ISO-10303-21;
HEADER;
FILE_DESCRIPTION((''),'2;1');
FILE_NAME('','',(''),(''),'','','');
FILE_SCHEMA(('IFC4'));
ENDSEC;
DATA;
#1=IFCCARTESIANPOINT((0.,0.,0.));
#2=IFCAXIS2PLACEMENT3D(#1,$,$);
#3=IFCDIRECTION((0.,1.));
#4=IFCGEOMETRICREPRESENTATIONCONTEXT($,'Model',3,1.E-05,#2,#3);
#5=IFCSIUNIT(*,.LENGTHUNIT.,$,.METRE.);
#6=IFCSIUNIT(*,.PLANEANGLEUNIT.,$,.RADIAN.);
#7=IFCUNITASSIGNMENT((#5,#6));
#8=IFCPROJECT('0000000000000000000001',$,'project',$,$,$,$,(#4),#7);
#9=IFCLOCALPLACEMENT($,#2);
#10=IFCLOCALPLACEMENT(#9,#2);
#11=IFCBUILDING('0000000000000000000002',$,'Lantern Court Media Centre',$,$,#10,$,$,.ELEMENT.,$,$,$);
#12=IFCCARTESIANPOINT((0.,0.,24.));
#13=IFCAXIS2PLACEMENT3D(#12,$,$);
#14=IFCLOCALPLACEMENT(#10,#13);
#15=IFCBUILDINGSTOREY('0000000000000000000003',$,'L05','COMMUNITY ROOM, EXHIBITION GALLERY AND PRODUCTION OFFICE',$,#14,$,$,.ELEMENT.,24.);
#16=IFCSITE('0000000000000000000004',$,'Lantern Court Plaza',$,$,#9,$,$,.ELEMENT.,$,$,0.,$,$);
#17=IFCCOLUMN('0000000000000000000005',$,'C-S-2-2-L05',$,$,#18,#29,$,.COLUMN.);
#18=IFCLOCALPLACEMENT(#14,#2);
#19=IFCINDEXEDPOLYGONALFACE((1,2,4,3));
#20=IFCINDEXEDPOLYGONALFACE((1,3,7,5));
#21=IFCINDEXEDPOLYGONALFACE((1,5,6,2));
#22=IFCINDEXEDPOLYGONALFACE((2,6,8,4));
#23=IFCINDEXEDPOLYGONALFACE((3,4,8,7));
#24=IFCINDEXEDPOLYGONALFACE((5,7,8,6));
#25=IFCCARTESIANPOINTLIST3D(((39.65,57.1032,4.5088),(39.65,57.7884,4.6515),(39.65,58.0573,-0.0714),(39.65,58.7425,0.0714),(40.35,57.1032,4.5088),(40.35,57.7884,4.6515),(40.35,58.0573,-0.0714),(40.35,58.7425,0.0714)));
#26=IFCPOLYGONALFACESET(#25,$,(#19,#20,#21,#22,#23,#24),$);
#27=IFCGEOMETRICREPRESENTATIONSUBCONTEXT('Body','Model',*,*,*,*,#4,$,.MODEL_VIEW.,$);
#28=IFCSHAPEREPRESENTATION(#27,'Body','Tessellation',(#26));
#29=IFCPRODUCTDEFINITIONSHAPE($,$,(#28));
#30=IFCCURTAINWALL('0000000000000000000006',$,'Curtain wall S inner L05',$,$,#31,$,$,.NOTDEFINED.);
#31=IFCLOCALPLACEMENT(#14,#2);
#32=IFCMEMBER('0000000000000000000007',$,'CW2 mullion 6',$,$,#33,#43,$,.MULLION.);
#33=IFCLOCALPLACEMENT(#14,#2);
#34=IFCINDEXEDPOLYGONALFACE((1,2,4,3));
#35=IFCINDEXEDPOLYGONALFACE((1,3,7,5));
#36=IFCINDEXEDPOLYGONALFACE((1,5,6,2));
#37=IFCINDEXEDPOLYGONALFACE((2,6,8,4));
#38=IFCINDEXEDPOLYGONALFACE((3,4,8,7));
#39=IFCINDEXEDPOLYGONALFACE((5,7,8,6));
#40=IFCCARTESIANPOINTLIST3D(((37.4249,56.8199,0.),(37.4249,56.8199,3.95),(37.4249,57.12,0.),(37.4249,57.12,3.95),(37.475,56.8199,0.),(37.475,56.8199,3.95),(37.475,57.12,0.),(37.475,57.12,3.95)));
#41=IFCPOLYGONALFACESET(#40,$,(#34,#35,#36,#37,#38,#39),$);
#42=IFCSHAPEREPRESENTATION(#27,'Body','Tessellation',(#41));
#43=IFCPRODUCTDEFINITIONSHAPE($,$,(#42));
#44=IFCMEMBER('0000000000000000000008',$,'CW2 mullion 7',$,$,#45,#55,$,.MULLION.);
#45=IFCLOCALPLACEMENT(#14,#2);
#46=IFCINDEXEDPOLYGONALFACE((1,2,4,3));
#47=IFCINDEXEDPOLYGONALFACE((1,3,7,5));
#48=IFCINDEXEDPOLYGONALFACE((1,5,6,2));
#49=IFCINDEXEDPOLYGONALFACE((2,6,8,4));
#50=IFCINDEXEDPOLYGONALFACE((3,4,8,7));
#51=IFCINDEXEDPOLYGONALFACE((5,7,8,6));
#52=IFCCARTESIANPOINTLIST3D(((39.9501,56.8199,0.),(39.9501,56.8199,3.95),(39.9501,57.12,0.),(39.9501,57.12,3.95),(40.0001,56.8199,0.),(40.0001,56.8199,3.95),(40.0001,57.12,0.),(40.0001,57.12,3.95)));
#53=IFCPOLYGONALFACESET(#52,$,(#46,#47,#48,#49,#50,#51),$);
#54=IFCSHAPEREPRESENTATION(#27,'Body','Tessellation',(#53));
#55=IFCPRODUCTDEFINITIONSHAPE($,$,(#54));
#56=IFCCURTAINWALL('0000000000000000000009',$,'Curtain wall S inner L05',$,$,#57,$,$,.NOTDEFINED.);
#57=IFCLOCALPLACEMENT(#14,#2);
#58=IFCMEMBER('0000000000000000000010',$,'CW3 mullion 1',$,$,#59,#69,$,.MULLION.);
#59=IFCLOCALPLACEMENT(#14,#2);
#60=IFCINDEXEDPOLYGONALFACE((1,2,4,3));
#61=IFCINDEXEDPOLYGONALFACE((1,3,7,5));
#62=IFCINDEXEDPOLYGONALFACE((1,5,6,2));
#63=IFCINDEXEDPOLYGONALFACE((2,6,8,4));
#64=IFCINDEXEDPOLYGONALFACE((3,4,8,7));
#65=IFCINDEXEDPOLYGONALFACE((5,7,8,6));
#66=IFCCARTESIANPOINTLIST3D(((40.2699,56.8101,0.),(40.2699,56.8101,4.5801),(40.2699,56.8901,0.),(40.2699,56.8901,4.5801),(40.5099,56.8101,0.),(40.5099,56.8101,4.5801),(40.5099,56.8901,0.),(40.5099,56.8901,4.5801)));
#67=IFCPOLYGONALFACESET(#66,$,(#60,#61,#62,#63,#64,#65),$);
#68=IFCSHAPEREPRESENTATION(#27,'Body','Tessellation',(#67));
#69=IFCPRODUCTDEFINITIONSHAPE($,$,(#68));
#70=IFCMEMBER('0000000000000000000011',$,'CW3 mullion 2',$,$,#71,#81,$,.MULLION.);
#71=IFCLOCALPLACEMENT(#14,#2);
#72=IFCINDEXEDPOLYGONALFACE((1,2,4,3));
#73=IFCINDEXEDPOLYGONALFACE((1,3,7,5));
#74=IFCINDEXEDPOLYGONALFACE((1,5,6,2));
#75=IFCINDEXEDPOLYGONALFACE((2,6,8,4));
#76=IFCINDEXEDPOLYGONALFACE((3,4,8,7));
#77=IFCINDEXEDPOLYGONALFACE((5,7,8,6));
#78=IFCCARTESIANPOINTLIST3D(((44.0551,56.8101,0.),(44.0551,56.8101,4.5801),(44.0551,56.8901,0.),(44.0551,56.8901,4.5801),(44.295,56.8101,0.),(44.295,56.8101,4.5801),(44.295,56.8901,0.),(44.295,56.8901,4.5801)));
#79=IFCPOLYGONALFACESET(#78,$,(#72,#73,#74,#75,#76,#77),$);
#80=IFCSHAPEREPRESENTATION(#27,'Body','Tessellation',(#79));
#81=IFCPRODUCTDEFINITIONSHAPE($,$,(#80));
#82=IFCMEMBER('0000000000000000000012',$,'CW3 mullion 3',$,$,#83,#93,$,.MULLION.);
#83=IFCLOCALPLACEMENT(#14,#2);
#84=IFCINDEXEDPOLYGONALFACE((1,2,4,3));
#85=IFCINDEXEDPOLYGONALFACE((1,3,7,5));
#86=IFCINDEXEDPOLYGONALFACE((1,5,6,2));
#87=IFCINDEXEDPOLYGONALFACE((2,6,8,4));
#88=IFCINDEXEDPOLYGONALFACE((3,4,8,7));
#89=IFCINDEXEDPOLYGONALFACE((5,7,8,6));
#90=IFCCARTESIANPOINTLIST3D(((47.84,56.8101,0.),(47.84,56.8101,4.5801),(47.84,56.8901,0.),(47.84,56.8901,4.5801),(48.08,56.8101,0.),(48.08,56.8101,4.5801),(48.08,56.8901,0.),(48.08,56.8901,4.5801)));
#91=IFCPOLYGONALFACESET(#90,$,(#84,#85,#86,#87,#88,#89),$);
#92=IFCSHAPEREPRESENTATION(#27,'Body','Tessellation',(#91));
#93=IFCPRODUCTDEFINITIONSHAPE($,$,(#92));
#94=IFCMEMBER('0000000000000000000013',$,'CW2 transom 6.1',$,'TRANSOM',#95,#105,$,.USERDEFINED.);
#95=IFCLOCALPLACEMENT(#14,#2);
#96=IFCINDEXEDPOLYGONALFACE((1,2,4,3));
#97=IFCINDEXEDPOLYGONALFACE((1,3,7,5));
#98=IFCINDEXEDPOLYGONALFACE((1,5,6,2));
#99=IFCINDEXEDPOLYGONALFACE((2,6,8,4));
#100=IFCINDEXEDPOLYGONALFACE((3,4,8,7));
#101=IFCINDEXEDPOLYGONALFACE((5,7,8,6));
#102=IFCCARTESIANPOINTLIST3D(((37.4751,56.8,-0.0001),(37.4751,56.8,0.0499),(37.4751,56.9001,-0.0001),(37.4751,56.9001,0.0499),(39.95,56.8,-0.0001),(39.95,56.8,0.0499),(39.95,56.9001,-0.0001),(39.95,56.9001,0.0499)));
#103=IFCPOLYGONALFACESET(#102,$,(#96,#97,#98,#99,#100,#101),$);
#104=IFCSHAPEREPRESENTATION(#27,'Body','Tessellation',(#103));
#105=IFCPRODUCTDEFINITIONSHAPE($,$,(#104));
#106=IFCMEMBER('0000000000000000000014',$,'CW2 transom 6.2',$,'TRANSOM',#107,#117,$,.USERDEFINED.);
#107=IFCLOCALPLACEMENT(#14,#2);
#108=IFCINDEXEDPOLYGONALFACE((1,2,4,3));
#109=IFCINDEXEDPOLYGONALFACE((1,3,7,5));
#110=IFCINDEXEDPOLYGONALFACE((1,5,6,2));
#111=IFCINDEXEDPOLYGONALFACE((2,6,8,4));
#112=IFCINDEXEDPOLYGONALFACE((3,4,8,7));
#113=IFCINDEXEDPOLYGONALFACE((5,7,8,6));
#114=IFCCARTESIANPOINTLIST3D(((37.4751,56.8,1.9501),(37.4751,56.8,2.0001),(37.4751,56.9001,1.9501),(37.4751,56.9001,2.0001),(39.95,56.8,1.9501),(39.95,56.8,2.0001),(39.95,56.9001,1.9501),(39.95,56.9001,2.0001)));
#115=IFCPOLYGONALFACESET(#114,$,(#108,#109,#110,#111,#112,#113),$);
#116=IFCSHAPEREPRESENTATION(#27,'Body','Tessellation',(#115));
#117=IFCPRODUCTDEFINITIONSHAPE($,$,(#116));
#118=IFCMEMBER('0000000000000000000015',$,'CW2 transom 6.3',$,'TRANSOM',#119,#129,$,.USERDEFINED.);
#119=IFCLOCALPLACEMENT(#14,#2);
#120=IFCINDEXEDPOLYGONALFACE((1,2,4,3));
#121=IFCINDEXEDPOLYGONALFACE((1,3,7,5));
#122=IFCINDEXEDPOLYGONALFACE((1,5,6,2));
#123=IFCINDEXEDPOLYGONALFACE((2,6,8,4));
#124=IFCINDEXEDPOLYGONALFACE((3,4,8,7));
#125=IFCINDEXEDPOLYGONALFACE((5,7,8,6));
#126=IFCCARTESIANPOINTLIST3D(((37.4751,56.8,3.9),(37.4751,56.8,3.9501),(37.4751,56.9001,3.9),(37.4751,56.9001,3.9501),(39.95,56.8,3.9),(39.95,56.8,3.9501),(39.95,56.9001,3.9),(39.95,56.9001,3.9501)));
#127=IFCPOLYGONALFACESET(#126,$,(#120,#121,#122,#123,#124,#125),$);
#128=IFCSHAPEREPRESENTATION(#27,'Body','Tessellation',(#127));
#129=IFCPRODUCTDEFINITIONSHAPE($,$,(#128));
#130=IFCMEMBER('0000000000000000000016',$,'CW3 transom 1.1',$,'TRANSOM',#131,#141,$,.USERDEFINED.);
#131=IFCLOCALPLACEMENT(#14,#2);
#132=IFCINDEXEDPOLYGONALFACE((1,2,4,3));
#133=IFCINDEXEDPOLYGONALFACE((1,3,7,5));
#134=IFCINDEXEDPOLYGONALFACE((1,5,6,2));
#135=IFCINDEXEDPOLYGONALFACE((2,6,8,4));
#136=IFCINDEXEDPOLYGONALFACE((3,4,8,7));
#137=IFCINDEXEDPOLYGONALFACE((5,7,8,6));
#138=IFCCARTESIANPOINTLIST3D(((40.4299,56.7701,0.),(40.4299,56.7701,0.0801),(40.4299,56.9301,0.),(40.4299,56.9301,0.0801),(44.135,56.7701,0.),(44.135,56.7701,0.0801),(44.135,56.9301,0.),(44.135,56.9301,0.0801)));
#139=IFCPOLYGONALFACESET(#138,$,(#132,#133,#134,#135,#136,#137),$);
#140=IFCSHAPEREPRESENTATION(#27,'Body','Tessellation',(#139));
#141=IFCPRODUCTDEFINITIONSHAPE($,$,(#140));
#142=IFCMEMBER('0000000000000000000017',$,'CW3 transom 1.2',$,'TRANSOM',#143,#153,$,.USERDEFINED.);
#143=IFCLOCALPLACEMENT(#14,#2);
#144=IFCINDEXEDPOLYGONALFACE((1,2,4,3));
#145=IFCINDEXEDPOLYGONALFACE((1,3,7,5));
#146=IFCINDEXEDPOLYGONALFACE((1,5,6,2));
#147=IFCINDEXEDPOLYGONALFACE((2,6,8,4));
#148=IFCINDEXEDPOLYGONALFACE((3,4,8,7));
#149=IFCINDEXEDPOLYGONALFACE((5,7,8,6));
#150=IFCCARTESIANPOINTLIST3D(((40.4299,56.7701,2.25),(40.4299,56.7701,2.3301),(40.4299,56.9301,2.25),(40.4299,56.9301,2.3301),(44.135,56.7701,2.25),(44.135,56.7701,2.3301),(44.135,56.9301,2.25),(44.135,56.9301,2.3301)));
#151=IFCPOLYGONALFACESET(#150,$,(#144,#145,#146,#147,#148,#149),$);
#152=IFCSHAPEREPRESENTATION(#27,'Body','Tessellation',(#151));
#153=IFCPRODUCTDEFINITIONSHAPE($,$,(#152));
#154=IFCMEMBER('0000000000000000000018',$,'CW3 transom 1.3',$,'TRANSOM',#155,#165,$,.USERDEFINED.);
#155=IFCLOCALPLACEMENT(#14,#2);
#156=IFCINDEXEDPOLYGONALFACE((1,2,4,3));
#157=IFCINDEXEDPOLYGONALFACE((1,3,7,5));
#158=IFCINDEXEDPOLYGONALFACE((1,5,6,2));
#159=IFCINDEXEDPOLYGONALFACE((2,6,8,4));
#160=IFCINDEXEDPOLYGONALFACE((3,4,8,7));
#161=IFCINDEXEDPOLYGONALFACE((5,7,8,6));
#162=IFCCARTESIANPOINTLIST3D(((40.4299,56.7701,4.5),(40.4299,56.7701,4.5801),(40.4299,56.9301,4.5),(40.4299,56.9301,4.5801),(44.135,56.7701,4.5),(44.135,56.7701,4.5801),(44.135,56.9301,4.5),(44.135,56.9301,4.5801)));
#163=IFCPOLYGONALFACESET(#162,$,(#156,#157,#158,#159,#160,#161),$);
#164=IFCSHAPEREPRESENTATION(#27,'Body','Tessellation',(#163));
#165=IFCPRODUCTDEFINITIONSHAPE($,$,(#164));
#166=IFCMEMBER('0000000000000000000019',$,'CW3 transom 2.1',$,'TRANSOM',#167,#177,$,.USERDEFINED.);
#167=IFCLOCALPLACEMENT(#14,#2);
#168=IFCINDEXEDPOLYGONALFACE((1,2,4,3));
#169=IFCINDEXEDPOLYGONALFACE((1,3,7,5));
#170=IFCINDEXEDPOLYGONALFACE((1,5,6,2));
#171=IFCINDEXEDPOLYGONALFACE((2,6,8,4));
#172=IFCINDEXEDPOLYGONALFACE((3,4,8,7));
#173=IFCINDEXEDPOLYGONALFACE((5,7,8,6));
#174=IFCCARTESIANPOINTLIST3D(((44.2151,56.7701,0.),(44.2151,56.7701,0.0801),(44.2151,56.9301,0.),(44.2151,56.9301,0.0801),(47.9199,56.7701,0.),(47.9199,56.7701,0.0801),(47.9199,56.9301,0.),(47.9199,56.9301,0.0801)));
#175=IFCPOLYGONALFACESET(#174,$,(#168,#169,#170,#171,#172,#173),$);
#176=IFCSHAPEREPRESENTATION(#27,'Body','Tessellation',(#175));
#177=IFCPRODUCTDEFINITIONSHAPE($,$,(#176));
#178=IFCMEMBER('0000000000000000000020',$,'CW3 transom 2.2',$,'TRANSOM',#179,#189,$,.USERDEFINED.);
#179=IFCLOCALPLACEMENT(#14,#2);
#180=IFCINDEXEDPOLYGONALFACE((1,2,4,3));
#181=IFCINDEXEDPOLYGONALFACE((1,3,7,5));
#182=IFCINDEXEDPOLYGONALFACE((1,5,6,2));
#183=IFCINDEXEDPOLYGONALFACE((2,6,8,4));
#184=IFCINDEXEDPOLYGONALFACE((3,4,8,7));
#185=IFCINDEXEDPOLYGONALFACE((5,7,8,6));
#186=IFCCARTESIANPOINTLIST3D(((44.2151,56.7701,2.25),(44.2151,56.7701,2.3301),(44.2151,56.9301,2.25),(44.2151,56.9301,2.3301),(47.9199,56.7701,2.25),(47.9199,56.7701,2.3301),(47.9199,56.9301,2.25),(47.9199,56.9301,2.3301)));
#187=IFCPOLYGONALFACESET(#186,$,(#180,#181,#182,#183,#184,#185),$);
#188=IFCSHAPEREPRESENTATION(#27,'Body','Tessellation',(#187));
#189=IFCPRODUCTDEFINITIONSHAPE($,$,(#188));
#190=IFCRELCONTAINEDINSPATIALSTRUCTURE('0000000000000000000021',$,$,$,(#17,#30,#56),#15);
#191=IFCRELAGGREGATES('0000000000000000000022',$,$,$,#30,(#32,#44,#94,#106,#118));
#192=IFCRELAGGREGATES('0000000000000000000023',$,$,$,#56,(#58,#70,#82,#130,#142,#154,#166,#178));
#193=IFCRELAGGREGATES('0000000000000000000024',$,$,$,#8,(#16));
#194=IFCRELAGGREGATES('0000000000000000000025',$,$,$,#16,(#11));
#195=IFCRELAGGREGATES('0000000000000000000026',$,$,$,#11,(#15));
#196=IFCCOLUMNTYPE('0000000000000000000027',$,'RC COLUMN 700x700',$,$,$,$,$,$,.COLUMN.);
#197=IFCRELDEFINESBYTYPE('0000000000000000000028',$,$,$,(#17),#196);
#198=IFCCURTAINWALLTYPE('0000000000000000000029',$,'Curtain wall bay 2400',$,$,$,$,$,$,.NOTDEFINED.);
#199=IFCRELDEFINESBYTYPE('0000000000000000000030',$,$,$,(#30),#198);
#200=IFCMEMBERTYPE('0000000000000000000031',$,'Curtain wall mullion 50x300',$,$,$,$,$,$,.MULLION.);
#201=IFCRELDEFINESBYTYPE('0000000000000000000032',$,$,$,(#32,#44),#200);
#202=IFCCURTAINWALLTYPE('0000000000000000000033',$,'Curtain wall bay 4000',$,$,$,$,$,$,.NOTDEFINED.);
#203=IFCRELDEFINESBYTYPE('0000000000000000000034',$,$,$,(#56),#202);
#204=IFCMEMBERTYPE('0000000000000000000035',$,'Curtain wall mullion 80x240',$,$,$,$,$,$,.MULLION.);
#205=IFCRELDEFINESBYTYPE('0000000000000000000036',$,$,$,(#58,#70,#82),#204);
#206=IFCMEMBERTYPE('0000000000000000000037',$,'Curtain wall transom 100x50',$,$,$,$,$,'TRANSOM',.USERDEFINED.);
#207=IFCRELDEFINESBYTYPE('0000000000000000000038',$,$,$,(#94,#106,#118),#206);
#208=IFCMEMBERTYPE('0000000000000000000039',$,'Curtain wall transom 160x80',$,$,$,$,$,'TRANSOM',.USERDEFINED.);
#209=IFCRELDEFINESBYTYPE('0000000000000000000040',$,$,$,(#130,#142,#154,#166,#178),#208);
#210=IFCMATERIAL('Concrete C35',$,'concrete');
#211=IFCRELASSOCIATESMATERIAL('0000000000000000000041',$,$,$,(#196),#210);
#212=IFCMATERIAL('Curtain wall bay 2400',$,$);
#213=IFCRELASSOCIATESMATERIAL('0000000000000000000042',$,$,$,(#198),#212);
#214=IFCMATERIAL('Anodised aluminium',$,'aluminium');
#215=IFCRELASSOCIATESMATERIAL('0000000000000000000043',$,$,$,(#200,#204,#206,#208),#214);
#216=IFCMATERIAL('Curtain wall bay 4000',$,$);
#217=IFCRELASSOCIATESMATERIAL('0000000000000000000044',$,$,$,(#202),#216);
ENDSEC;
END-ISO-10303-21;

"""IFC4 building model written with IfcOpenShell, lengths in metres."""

from ifc_helpers import new_model, si_unit, direction, frame, origin, origin_2d, place, context, subcontext, project, spatial, rectangle, extrude, material, material_profile, profile_set, type_object, element, aggregate, save


model = new_model("IFC4")

# Units and contexts
model_context = context("Model", 3, precision=1e-05, world=origin(), true_north=direction((0.0, 1.0)))
body_context = subcontext(model_context, "Body", "Model", "MODEL_VIEW")
ifc_project = project(units=[si_unit("LENGTHUNIT", "METRE"), si_unit("PLANEANGLEUNIT", "RADIAN")], contexts=[model_context])

# Site, building, storey
site_placement = place(None, origin())
site = spatial("IfcSite", under=ifc_project, at=site_placement, Name="Lantern Court Plaza", CompositionType="ELEMENT", RefElevation=0.0)
building_placement = place(site_placement, origin())
building = spatial("IfcBuilding", under=site, at=building_placement, Name="Lantern Court Media Centre", CompositionType="ELEMENT")
storey_placement = place(building_placement, frame((0.0, 0.0, 24.0)))
storey = spatial("IfcBuildingStorey", under=building, at=storey_placement, Name="L05", Description="COMMUNITY ROOM, EXHIBITION GALLERY AND PRODUCTION OFFICE", CompositionType="ELEMENT", Elevation=24.0)

# Column
ifc_material_1 = material(Name="Concrete C35", Category="concrete")
ifc_material_profile_1 = material_profile(ifc_material_1, rectangle(XDim=0.7, YDim=0.7, at=origin_2d()), Name="RC 700x700")
ifc_profile_set_1 = profile_set([ifc_material_profile_1], Name="Concrete C35")
column_type = type_object("IfcColumnType", Name="RC COLUMN 700x700", PredefinedType="COLUMN", material=ifc_profile_set_1)
column_placement = place(storey_placement, frame((40.0, 58.3999, 0.0), z_axis=(0.0, -0.203938, 0.978984), x_axis=(1.0, 0.0, 0.0)))
element("IfcColumn", 1, at=column_placement, inside=storey, type_object=column_type, Name="C-S-2-2-L05", PredefinedType="COLUMN", context=body_context, shape_type="SweptSolid", body=[
    extrude(rectangle(XDim=0.7, YDim=0.7, at=origin_2d()), origin(), (0.0, 0.0, 1.0), 4.6785),
])

# Curtain walls, members
ifc_material_2 = material(Name="Curtain wall bay 2400")
curtain_wall_type_1 = type_object("IfcCurtainWallType", Name="Curtain wall bay 2400", PredefinedType="NOTDEFINED", material=ifc_material_2)
curtain_wall_1_placement = place(storey_placement, origin())
curtain_wall_1 = element("IfcCurtainWall", 2, at=curtain_wall_1_placement, inside=storey, type_object=curtain_wall_type_1, Name="Curtain wall S inner L05", PredefinedType="NOTDEFINED")
ifc_material_3 = material(Name="Anodised aluminium", Category="aluminium")
ifc_material_profile_2 = material_profile(ifc_material_3, rectangle(XDim=0.3, YDim=0.05, at=origin_2d()), Name="AL 50x300")
ifc_profile_set_2 = profile_set([ifc_material_profile_2], Name="Anodised aluminium")
member_type_1 = type_object("IfcMemberType", Name="Curtain wall mullion 50x300", PredefinedType="MULLION", material=ifc_profile_set_2)
member_1_placement = place(storey_placement, frame((37.45, 56.97, 0.0), z_axis=(0.0, 0.0, 1.0), x_axis=(0.0, 1.0, 0.0)))
member_1 = element("IfcMember", 3, at=member_1_placement, type_object=member_type_1, Name="CW2 mullion 6", PredefinedType="MULLION", context=body_context, shape_type="SweptSolid", body=[
    extrude(rectangle(XDim=0.3, YDim=0.05, at=origin_2d()), origin(), (0.0, 0.0, 1.0), 3.95),
])
member_2_placement = place(storey_placement, frame((39.9751, 56.97, 0.0), z_axis=(0.0, 0.0, 1.0), x_axis=(0.0, 1.0, 0.0)))
member_2 = element("IfcMember", 4, at=member_2_placement, type_object=member_type_1, Name="CW2 mullion 7", PredefinedType="MULLION", context=body_context, shape_type="SweptSolid", body=[
    extrude(rectangle(XDim=0.3, YDim=0.05, at=origin_2d()), origin(), (0.0, 0.0, 1.0), 3.95),
])
ifc_material_4 = material(Name="Curtain wall bay 4000")
curtain_wall_type_2 = type_object("IfcCurtainWallType", Name="Curtain wall bay 4000", PredefinedType="NOTDEFINED", material=ifc_material_4)
curtain_wall_2_placement = place(storey_placement, origin())
curtain_wall_2 = element("IfcCurtainWall", 5, at=curtain_wall_2_placement, inside=storey, type_object=curtain_wall_type_2, Name="Curtain wall S inner L05", PredefinedType="NOTDEFINED")
ifc_material_profile_3 = material_profile(ifc_material_3, rectangle(XDim=0.0801, YDim=0.24, at=origin_2d()), Name="AL 80x240")
ifc_profile_set_3 = profile_set([ifc_material_profile_3], Name="Anodised aluminium")
member_type_2 = type_object("IfcMemberType", Name="Curtain wall mullion 80x240", PredefinedType="MULLION", material=ifc_profile_set_3)
member_3_placement = place(storey_placement, frame((40.3899, 56.8501, 0.0), z_axis=(0.0, 0.0, 1.0), x_axis=(0.0, 1.0, 0.0)))
member_3 = element("IfcMember", 6, at=member_3_placement, type_object=member_type_2, Name="CW3 mullion 1", PredefinedType="MULLION", context=body_context, shape_type="SweptSolid", body=[
    extrude(rectangle(XDim=0.0801, YDim=0.24, at=origin_2d()), origin(), (0.0, 0.0, 1.0), 4.5801),
])
member_4_placement = place(storey_placement, frame((44.175, 56.8501, 0.0), z_axis=(0.0, 0.0, 1.0), x_axis=(0.0, 1.0, 0.0)))
member_4 = element("IfcMember", 7, at=member_4_placement, type_object=member_type_2, Name="CW3 mullion 2", PredefinedType="MULLION", context=body_context, shape_type="SweptSolid", body=[
    extrude(rectangle(XDim=0.0801, YDim=0.24, at=origin_2d()), origin(), (0.0, 0.0, 1.0), 4.5801),
])
member_5_placement = place(storey_placement, frame((47.96, 56.8501, 0.0), z_axis=(0.0, 0.0, 1.0), x_axis=(0.0, 1.0, 0.0)))
member_5 = element("IfcMember", 8, at=member_5_placement, type_object=member_type_2, Name="CW3 mullion 3", PredefinedType="MULLION", context=body_context, shape_type="SweptSolid", body=[
    extrude(rectangle(XDim=0.0801, YDim=0.24, at=origin_2d()), origin(), (0.0, 0.0, 1.0), 4.5801),
])

# Members
ifc_material_profile_4 = material_profile(ifc_material_3, rectangle(XDim=0.1001, YDim=0.05, at=origin_2d()), Name="AL 50x100")
ifc_profile_set_4 = profile_set([ifc_material_profile_4], Name="Anodised aluminium")
member_type_3 = type_object("IfcMemberType", Name="Curtain wall transom 100x50", ElementType="TRANSOM", PredefinedType="USERDEFINED", material=ifc_profile_set_4)
member_6_placement = place(storey_placement, frame((37.4751, 56.8501, 0.0249), z_axis=(1.0, 0.0, 0.0), x_axis=(0.0, 1.0, 0.0)))
member_6 = element("IfcMember", 9, at=member_6_placement, type_object=member_type_3, Name="CW2 transom 6.1", ObjectType="TRANSOM", PredefinedType="USERDEFINED", context=body_context, shape_type="SweptSolid", body=[
    extrude(rectangle(XDim=0.1001, YDim=0.05, at=origin_2d()), origin(), (0.0, 0.0, 1.0), 2.4749),
])
member_7_placement = place(storey_placement, frame((37.4751, 56.8501, 1.9751), z_axis=(1.0, 0.0, 0.0), x_axis=(0.0, 1.0, 0.0)))
member_7 = element("IfcMember", 10, at=member_7_placement, type_object=member_type_3, Name="CW2 transom 6.2", ObjectType="TRANSOM", PredefinedType="USERDEFINED", context=body_context, shape_type="SweptSolid", body=[
    extrude(rectangle(XDim=0.1001, YDim=0.05, at=origin_2d()), origin(), (0.0, 0.0, 1.0), 2.4749),
])
member_8_placement = place(storey_placement, frame((37.4751, 56.8501, 3.925), z_axis=(1.0, 0.0, 0.0), x_axis=(0.0, 1.0, 0.0)))
member_8 = element("IfcMember", 11, at=member_8_placement, type_object=member_type_3, Name="CW2 transom 6.3", ObjectType="TRANSOM", PredefinedType="USERDEFINED", context=body_context, shape_type="SweptSolid", body=[
    extrude(rectangle(XDim=0.1001, YDim=0.05, at=origin_2d()), origin(), (0.0, 0.0, 1.0), 2.4749),
])
ifc_material_profile_5 = material_profile(ifc_material_3, rectangle(XDim=0.1599, YDim=0.0801, at=origin_2d()), Name="AL 80x160")
ifc_profile_set_5 = profile_set([ifc_material_profile_5], Name="Anodised aluminium")
member_type_4 = type_object("IfcMemberType", Name="Curtain wall transom 160x80", ElementType="TRANSOM", PredefinedType="USERDEFINED", material=ifc_profile_set_5)
member_9_placement = place(storey_placement, frame((40.4299, 56.8501, 0.04), z_axis=(1.0, 0.0, 0.0), x_axis=(0.0, 1.0, 0.0)))
member_9 = element("IfcMember", 12, at=member_9_placement, type_object=member_type_4, Name="CW3 transom 1.1", ObjectType="TRANSOM", PredefinedType="USERDEFINED", context=body_context, shape_type="SweptSolid", body=[
    extrude(rectangle(XDim=0.1599, YDim=0.0801, at=origin_2d()), origin(), (0.0, 0.0, 1.0), 3.7051),
])
member_10_placement = place(storey_placement, frame((40.4299, 56.8501, 2.29), z_axis=(1.0, 0.0, 0.0), x_axis=(0.0, 1.0, 0.0)))
member_10 = element("IfcMember", 13, at=member_10_placement, type_object=member_type_4, Name="CW3 transom 1.2", ObjectType="TRANSOM", PredefinedType="USERDEFINED", context=body_context, shape_type="SweptSolid", body=[
    extrude(rectangle(XDim=0.1599, YDim=0.0801, at=origin_2d()), origin(), (0.0, 0.0, 1.0), 3.7051),
])
member_11_placement = place(storey_placement, frame((40.4299, 56.8501, 4.54), z_axis=(1.0, 0.0, 0.0), x_axis=(0.0, 1.0, 0.0)))
member_11 = element("IfcMember", 14, at=member_11_placement, type_object=member_type_4, Name="CW3 transom 1.3", ObjectType="TRANSOM", PredefinedType="USERDEFINED", context=body_context, shape_type="SweptSolid", body=[
    extrude(rectangle(XDim=0.1599, YDim=0.0801, at=origin_2d()), origin(), (0.0, 0.0, 1.0), 3.7051),
])
member_12_placement = place(storey_placement, frame((44.2151, 56.8501, 0.04), z_axis=(1.0, 0.0, 0.0), x_axis=(0.0, 1.0, 0.0)))
member_12 = element("IfcMember", 15, at=member_12_placement, type_object=member_type_4, Name="CW3 transom 2.1", ObjectType="TRANSOM", PredefinedType="USERDEFINED", context=body_context, shape_type="SweptSolid", body=[
    extrude(rectangle(XDim=0.1599, YDim=0.0801, at=origin_2d()), origin(), (0.0, 0.0, 1.0), 3.7048),
])
member_13_placement = place(storey_placement, frame((44.2151, 56.8501, 2.29), z_axis=(1.0, 0.0, 0.0), x_axis=(0.0, 1.0, 0.0)))
member_13 = element("IfcMember", 16, at=member_13_placement, type_object=member_type_4, Name="CW3 transom 2.2", ObjectType="TRANSOM", PredefinedType="USERDEFINED", context=body_context, shape_type="SweptSolid", body=[
    extrude(rectangle(XDim=0.1599, YDim=0.0801, at=origin_2d()), origin(), (0.0, 0.0, 1.0), 3.7048),
])

aggregate(curtain_wall_1, [member_1, member_2, member_6, member_7, member_8])
aggregate(curtain_wall_2, [member_3, member_4, member_5, member_9, member_10, member_11, member_12, member_13])

save(model, "model.ifc")
